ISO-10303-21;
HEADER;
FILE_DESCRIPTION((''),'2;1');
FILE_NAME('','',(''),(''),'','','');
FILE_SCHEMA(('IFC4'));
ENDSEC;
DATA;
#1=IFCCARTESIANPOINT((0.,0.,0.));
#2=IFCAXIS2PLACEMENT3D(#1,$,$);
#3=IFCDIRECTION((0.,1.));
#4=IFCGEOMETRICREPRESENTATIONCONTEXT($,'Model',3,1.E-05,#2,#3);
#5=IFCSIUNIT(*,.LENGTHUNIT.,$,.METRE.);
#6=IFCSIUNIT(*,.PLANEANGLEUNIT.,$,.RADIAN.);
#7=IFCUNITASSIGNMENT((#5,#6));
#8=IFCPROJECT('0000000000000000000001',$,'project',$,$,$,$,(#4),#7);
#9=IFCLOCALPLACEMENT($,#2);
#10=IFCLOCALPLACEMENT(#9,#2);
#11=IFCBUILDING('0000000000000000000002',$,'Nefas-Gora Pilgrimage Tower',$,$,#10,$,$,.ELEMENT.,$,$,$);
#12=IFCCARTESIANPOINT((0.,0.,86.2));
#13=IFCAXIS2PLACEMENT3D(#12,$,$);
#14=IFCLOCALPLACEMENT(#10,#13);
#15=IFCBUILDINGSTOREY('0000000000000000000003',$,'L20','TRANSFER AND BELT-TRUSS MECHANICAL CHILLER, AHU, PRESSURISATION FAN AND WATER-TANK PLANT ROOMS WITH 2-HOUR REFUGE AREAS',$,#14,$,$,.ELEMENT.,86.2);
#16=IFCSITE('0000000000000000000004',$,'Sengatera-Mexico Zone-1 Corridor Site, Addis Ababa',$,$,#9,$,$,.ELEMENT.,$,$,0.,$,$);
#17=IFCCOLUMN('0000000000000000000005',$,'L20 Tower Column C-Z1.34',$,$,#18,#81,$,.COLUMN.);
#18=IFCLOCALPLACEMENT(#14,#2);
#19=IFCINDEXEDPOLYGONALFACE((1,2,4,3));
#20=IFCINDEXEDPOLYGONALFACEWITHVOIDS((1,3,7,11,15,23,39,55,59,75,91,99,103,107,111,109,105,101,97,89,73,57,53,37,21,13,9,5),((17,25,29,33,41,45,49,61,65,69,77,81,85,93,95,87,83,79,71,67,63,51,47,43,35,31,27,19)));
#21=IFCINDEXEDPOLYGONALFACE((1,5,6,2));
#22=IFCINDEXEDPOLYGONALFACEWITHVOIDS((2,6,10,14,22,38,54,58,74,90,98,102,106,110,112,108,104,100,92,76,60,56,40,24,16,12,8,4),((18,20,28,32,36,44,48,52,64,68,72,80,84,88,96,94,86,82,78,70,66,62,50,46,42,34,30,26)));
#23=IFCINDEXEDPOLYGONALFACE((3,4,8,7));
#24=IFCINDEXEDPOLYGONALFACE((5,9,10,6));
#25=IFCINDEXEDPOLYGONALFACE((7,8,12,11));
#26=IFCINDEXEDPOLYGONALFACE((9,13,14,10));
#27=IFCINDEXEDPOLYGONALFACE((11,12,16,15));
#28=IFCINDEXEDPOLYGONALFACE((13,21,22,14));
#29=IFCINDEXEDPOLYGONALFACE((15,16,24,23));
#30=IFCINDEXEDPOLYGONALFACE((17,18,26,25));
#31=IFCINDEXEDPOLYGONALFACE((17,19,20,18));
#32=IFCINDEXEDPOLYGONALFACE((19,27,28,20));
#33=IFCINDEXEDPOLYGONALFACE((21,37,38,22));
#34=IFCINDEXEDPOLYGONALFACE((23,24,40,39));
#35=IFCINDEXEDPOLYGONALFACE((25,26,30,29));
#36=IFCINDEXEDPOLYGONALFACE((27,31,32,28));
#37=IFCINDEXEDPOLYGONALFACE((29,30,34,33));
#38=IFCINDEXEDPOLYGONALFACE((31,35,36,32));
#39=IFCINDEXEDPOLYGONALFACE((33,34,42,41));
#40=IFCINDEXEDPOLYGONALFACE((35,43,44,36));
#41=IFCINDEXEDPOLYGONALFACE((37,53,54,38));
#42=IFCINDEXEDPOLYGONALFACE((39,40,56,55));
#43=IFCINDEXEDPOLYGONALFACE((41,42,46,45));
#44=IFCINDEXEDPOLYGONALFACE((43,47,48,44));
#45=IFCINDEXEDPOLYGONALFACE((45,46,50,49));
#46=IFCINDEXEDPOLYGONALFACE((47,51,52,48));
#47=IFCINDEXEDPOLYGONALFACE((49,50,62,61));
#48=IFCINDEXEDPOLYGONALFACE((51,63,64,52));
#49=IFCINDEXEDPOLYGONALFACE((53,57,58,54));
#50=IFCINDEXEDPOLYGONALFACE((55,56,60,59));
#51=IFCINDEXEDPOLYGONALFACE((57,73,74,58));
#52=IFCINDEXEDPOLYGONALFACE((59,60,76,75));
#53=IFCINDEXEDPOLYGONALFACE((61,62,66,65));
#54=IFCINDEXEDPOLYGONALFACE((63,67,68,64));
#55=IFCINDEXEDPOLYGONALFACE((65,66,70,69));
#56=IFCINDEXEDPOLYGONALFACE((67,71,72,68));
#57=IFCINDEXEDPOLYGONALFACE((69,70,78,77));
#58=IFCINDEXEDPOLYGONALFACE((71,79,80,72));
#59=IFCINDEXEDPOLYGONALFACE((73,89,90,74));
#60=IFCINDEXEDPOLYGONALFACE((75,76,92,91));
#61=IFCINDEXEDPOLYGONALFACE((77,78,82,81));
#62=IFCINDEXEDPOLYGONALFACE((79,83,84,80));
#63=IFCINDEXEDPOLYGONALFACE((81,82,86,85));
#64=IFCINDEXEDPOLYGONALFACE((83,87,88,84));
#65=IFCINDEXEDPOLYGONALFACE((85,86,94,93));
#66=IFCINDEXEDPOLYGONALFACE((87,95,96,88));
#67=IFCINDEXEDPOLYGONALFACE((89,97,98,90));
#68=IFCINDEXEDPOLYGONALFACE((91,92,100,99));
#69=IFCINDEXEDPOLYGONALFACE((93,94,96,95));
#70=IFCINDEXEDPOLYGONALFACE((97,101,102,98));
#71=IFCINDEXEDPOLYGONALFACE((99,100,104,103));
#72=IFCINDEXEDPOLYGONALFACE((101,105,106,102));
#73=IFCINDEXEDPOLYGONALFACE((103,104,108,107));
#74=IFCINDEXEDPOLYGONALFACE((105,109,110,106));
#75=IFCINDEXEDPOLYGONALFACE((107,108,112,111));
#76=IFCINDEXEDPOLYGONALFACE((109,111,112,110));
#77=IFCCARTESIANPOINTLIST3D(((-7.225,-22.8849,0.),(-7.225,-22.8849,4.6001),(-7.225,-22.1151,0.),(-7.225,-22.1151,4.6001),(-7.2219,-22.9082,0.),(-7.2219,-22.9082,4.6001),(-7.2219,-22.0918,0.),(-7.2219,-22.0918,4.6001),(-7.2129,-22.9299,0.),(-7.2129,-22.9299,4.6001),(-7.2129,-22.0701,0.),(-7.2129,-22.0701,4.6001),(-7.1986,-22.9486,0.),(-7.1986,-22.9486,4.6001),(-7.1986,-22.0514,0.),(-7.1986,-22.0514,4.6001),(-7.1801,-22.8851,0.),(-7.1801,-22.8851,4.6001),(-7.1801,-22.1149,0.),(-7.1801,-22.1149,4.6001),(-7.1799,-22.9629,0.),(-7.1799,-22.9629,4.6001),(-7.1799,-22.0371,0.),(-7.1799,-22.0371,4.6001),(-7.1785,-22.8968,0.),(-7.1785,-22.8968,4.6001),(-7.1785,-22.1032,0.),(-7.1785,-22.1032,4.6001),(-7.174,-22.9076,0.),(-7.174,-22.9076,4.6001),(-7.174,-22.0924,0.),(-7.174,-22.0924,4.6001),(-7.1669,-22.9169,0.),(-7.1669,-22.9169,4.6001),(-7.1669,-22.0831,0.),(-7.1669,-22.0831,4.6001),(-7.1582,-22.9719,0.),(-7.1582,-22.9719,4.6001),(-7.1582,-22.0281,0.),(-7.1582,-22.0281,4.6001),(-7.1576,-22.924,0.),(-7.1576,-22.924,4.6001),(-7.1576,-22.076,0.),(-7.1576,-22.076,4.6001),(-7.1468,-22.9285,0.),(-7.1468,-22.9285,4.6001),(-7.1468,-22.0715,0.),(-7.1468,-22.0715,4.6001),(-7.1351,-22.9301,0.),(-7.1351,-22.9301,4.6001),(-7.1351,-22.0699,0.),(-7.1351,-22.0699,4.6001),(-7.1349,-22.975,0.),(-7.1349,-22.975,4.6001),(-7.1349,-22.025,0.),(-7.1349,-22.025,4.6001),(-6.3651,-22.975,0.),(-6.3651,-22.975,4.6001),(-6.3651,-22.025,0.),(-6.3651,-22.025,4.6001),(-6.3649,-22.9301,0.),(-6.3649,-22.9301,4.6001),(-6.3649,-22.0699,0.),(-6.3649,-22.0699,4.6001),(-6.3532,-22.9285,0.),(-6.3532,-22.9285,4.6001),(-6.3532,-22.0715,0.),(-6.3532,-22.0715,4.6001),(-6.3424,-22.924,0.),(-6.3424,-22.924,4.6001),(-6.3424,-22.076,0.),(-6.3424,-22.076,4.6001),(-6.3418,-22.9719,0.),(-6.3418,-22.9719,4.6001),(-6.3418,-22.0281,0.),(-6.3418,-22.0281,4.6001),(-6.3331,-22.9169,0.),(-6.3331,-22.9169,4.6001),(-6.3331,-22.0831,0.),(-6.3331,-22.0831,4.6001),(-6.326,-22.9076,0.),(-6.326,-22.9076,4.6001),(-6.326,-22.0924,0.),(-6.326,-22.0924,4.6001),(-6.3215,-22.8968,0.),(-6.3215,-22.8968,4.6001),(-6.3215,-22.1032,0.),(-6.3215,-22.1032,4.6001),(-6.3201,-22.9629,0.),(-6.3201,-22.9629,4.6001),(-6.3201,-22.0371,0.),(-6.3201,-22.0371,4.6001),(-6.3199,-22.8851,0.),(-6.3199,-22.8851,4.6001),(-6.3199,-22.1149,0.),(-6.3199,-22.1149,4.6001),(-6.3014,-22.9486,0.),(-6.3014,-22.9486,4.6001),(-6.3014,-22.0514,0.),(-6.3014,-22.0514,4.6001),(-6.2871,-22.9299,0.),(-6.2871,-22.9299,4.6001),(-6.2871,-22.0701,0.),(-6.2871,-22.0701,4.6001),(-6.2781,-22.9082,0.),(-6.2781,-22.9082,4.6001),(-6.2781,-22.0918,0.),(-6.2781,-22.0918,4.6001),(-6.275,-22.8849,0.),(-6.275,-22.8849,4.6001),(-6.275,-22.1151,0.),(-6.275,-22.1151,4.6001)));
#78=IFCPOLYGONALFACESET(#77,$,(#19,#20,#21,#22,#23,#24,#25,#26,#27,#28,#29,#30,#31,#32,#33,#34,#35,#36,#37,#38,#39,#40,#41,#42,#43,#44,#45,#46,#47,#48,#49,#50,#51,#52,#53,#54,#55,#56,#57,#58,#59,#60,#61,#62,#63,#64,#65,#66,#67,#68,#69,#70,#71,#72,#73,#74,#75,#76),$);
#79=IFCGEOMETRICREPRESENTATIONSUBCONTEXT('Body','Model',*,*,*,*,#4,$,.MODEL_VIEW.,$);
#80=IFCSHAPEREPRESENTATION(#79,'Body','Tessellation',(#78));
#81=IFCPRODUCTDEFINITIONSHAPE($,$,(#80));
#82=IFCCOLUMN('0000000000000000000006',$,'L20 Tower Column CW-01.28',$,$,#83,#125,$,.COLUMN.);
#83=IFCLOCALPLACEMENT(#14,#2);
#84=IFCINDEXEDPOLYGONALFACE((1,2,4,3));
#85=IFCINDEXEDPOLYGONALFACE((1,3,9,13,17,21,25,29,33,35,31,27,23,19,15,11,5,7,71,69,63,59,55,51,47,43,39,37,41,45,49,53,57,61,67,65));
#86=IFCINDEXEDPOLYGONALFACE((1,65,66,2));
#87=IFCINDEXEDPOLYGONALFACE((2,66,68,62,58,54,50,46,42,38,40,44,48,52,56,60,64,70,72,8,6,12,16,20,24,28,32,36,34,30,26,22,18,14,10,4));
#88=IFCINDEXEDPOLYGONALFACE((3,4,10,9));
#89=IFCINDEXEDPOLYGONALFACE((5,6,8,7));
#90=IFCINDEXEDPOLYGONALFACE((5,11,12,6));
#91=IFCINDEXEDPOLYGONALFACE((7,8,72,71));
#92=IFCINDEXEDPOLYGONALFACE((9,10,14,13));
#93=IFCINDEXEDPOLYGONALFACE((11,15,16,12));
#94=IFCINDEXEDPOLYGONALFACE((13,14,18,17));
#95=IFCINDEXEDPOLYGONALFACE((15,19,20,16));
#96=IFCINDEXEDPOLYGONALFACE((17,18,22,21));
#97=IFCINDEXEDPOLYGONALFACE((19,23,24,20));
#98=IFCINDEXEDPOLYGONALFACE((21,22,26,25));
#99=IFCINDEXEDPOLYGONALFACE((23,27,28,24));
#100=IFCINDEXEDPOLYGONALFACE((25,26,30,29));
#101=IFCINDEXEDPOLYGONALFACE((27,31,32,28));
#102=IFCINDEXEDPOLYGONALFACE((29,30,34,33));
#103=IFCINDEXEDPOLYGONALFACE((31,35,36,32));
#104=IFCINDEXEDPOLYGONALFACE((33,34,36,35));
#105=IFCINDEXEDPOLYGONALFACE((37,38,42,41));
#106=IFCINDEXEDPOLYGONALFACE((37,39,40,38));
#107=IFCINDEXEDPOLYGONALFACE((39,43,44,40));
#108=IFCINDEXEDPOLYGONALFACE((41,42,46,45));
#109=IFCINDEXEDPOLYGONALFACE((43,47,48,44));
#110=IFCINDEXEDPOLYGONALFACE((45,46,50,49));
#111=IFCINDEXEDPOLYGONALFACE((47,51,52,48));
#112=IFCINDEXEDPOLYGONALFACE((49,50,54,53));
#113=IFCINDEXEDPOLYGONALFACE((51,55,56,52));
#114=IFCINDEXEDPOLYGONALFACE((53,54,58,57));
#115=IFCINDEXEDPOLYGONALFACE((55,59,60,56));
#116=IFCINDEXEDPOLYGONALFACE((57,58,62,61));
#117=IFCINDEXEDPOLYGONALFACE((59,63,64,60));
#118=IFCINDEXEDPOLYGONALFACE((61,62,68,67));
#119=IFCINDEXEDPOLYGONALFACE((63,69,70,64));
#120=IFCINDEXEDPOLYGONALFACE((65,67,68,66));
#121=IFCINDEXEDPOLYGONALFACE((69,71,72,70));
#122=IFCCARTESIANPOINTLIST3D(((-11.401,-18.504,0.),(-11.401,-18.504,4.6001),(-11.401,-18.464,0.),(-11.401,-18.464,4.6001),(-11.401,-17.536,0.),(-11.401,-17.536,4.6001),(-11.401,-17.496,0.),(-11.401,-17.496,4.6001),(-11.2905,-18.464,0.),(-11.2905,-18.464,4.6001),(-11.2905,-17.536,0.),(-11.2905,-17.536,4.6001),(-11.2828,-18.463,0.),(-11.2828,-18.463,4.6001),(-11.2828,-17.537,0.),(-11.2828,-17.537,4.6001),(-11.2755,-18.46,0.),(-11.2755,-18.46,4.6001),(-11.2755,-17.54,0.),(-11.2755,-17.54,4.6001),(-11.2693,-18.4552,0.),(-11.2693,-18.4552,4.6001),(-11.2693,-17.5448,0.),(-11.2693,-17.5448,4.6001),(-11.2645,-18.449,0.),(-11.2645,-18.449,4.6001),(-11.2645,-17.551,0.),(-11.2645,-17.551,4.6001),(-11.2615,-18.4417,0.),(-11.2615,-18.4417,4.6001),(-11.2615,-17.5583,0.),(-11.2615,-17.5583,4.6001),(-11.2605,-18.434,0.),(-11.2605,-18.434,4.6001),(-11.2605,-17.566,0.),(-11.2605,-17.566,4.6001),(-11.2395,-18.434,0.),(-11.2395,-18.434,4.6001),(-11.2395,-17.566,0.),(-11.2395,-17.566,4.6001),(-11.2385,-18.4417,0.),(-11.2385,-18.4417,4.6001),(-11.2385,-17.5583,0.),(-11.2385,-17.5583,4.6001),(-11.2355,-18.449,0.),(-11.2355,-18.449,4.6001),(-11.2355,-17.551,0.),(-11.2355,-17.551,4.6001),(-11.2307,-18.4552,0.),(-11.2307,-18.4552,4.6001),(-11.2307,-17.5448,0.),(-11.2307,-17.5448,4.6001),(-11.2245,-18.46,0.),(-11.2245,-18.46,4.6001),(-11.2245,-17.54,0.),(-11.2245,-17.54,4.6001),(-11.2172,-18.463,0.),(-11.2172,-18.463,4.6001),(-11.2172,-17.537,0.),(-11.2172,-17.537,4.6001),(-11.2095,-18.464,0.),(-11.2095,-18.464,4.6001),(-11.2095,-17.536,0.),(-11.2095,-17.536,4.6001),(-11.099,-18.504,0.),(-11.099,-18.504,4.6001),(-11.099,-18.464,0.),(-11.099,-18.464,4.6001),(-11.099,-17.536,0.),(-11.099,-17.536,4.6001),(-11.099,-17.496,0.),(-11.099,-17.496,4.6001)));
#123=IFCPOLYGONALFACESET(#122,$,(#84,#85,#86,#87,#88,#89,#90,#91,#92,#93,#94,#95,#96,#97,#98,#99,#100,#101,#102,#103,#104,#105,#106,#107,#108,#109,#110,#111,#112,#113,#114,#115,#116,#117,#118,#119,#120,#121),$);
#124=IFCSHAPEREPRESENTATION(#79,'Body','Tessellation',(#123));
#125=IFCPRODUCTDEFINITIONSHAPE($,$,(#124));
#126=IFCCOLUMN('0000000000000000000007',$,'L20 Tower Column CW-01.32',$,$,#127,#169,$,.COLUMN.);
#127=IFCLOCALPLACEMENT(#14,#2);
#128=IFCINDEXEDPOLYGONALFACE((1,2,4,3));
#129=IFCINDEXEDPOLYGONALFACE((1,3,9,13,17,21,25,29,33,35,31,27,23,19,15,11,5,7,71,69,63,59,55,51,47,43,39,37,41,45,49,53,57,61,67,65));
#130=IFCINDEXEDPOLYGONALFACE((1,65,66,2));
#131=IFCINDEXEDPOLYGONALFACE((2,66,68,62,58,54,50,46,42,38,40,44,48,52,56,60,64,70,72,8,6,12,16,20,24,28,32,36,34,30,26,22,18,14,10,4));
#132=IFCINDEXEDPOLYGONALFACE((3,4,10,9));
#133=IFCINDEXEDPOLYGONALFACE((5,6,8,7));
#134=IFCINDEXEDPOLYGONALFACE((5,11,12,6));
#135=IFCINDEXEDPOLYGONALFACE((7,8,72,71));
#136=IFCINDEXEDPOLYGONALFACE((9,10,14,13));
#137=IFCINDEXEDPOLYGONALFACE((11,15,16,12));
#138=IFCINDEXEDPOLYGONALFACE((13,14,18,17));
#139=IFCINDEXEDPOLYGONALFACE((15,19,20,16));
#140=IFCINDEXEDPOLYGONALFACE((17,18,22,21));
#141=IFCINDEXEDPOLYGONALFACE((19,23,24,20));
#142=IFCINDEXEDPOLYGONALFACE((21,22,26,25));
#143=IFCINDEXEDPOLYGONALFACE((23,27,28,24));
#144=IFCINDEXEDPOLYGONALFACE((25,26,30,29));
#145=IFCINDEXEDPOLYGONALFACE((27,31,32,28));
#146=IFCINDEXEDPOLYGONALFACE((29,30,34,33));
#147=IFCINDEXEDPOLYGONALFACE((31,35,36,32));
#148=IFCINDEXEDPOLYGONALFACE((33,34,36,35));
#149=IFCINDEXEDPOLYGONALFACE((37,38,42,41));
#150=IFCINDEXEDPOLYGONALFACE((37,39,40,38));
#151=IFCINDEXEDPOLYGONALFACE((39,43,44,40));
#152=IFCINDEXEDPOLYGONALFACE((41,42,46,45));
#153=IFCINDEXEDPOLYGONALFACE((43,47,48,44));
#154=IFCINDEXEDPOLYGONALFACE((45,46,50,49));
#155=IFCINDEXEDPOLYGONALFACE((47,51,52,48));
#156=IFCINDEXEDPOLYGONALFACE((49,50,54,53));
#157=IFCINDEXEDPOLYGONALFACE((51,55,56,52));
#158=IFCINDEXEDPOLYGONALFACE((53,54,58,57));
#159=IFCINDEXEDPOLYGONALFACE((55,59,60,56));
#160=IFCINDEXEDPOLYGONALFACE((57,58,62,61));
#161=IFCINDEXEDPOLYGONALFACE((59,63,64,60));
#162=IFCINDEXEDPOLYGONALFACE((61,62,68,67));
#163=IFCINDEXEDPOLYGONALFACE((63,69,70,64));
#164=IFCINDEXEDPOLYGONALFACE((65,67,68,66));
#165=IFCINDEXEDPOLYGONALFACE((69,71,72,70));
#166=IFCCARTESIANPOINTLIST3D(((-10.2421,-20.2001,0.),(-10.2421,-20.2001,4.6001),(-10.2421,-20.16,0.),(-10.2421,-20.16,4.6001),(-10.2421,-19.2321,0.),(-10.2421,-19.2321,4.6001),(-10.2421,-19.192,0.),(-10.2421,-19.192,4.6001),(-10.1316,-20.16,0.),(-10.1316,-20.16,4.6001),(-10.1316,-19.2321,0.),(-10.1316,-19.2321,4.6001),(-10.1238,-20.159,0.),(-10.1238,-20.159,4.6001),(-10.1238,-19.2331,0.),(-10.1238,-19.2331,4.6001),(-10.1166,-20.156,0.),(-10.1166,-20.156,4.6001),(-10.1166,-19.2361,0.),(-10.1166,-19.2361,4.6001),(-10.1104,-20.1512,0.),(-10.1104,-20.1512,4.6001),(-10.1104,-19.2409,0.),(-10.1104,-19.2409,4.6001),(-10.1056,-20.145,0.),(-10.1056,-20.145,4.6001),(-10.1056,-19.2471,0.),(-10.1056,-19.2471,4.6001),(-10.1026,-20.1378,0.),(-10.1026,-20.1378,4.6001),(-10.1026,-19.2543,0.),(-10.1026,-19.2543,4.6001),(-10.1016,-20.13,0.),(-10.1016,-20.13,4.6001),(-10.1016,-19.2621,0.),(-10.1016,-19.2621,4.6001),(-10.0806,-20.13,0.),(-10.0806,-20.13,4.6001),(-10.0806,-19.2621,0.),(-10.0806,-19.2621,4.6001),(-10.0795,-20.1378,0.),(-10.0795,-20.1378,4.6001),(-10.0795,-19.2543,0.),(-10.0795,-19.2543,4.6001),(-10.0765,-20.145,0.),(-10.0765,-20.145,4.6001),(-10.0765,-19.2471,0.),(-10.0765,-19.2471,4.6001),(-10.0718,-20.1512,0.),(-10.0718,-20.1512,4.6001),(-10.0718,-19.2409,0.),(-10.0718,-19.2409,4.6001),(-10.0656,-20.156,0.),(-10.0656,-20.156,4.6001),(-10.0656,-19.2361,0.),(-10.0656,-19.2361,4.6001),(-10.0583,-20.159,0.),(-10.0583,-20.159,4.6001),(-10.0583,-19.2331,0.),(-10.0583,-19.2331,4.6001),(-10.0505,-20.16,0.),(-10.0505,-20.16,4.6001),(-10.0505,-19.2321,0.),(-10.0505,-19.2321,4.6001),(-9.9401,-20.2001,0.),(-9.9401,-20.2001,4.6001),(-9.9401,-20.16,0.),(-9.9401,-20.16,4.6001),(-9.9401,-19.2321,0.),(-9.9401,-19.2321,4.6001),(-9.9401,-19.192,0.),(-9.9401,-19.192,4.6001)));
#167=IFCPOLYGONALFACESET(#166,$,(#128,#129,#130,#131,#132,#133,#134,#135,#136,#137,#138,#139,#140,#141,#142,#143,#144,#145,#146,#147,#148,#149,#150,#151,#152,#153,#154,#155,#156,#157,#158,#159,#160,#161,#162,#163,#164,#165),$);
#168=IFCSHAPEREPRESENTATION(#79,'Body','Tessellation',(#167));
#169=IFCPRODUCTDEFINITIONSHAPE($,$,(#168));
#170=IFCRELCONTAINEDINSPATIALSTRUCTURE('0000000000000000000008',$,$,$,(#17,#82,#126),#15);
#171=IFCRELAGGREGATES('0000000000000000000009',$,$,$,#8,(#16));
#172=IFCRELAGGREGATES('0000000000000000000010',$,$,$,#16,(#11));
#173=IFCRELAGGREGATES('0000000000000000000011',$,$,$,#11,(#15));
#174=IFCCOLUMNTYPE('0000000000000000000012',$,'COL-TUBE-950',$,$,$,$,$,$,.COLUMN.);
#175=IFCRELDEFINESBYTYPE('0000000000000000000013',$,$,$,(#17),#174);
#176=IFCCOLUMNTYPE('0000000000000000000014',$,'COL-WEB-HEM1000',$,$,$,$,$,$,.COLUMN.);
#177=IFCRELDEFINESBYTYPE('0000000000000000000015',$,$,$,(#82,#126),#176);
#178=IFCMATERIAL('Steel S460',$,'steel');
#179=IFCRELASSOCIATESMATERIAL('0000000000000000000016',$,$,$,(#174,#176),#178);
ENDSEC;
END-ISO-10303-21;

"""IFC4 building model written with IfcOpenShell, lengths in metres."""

from ifc_helpers import new_model, si_unit, direction, frame, origin, origin_2d, place, context, subcontext, project, spatial, hollow_rectangle, i_section, extrude, source, transform, mapped, material, material_profile, profile_set, type_object, element, save


model = new_model("IFC4")

# Units and contexts
model_context = context("Model", 3, precision=1e-05, world=origin(), true_north=direction((0.0, 1.0)))
body_context = subcontext(model_context, "Body", "Model", "MODEL_VIEW")
ifc_project = project(units=[si_unit("LENGTHUNIT", "METRE"), si_unit("PLANEANGLEUNIT", "RADIAN")], contexts=[model_context])

# Site, building, storey
site_placement = place(None, origin())
site = spatial("IfcSite", under=ifc_project, at=site_placement, Name="Sengatera-Mexico Zone-1 Corridor Site, Addis Ababa", CompositionType="ELEMENT", RefElevation=0.0)
building_placement = place(site_placement, origin())
building = spatial("IfcBuilding", under=site, at=building_placement, Name="Nefas-Gora Pilgrimage Tower", CompositionType="ELEMENT")
storey_placement = place(building_placement, frame((0.0, 0.0, 86.2)))
storey = spatial("IfcBuildingStorey", under=building, at=storey_placement, Name="L20", Description="TRANSFER AND BELT-TRUSS MECHANICAL CHILLER, AHU, PRESSURISATION FAN AND WATER-TANK PLANT ROOMS WITH 2-HOUR REFUGE AREAS", CompositionType="ELEMENT", Elevation=86.2)

# Columns
ifc_material_1 = material(Name="Steel S460", Category="steel")
ifc_material_profile_1 = material_profile(ifc_material_1, hollow_rectangle(XDim=0.95, YDim=0.95, WallThickness=0.0449, InnerFilletRadius=0.0449, OuterFilletRadius=0.0901, at=origin_2d()), Name="BOX 950x950x45")
ifc_profile_set_1 = profile_set([ifc_material_profile_1], Name="Steel S460")
column_type_1 = type_object("IfcColumnType", Name="COL-TUBE-950", PredefinedType="COLUMN", material=ifc_profile_set_1)
shared_shape_1 = source(origin(), body_context, "Body", "SweptSolid", [
    extrude(hollow_rectangle(XDim=0.95, YDim=0.95, WallThickness=0.0449, InnerFilletRadius=0.0449, OuterFilletRadius=0.0901, at=origin_2d()), origin(), (0.0, 0.0, 1.0), 4.6001),
])
column_placement = place(storey_placement, frame((-6.75, -22.5, 0.0), z_axis=(0.0, 0.0, 1.0), x_axis=(1.0, 0.0, 0.0)))
element("IfcColumn", 1, at=column_placement, inside=storey, type_object=column_type_1, Name="L20 Tower Column C-Z1.34", PredefinedType="COLUMN", context=body_context, shape_type="MappedRepresentation", body=[
    mapped(shared_shape_1, transform((0.0, 0.0, 0.0), x_axis=(1.0, 0.0, 0.0), y_axis=(0.0, 1.0, 0.0), z_axis=(0.0, 0.0, 1.0), scale=1.0)),
])
ifc_material_profile_2 = material_profile(ifc_material_1, i_section(OverallWidth=0.302, OverallDepth=1.0081, WebThickness=0.021, FlangeThickness=0.04, FilletRadius=0.03, at=origin_2d()), Name="HEM 1000")
ifc_profile_set_2 = profile_set([ifc_material_profile_2], Name="Steel S460")
column_type_2 = type_object("IfcColumnType", Name="COL-WEB-HEM1000", PredefinedType="COLUMN", material=ifc_profile_set_2)
shared_shape_2 = source(origin(), body_context, "Body", "SweptSolid", [
    extrude(i_section(OverallWidth=0.302, OverallDepth=1.0081, WebThickness=0.021, FlangeThickness=0.04, FilletRadius=0.03, at=origin_2d()), origin(), (0.0, 0.0, 1.0), 4.6001),
])
for number, where, z_axis, x_axis, name in (
    (2, (-11.25, -18.0, 0.0), (0.0, 0.0, 1.0), (1.0, 0.0, 0.0), "L20 Tower Column CW-01.28"),
    (3, (-10.0911, -19.696, 0.0), (0.0, 0.0, 1.0), (1.0, 0.0, 0.0), "L20 Tower Column CW-01.32"),
):
    element("IfcColumn", number, at=place(storey_placement, frame(where, z_axis=z_axis, x_axis=x_axis)), inside=storey, type_object=column_type_2, Name=name, PredefinedType="COLUMN", context=body_context, shape_type="MappedRepresentation", body=[
        mapped(shared_shape_2, transform((0.0, 0.0, 0.0), x_axis=(1.0, 0.0, 0.0), y_axis=(0.0, 1.0, 0.0), z_axis=(0.0, 0.0, 1.0), scale=1.0)),
    ])

save(model, "model.ifc")
